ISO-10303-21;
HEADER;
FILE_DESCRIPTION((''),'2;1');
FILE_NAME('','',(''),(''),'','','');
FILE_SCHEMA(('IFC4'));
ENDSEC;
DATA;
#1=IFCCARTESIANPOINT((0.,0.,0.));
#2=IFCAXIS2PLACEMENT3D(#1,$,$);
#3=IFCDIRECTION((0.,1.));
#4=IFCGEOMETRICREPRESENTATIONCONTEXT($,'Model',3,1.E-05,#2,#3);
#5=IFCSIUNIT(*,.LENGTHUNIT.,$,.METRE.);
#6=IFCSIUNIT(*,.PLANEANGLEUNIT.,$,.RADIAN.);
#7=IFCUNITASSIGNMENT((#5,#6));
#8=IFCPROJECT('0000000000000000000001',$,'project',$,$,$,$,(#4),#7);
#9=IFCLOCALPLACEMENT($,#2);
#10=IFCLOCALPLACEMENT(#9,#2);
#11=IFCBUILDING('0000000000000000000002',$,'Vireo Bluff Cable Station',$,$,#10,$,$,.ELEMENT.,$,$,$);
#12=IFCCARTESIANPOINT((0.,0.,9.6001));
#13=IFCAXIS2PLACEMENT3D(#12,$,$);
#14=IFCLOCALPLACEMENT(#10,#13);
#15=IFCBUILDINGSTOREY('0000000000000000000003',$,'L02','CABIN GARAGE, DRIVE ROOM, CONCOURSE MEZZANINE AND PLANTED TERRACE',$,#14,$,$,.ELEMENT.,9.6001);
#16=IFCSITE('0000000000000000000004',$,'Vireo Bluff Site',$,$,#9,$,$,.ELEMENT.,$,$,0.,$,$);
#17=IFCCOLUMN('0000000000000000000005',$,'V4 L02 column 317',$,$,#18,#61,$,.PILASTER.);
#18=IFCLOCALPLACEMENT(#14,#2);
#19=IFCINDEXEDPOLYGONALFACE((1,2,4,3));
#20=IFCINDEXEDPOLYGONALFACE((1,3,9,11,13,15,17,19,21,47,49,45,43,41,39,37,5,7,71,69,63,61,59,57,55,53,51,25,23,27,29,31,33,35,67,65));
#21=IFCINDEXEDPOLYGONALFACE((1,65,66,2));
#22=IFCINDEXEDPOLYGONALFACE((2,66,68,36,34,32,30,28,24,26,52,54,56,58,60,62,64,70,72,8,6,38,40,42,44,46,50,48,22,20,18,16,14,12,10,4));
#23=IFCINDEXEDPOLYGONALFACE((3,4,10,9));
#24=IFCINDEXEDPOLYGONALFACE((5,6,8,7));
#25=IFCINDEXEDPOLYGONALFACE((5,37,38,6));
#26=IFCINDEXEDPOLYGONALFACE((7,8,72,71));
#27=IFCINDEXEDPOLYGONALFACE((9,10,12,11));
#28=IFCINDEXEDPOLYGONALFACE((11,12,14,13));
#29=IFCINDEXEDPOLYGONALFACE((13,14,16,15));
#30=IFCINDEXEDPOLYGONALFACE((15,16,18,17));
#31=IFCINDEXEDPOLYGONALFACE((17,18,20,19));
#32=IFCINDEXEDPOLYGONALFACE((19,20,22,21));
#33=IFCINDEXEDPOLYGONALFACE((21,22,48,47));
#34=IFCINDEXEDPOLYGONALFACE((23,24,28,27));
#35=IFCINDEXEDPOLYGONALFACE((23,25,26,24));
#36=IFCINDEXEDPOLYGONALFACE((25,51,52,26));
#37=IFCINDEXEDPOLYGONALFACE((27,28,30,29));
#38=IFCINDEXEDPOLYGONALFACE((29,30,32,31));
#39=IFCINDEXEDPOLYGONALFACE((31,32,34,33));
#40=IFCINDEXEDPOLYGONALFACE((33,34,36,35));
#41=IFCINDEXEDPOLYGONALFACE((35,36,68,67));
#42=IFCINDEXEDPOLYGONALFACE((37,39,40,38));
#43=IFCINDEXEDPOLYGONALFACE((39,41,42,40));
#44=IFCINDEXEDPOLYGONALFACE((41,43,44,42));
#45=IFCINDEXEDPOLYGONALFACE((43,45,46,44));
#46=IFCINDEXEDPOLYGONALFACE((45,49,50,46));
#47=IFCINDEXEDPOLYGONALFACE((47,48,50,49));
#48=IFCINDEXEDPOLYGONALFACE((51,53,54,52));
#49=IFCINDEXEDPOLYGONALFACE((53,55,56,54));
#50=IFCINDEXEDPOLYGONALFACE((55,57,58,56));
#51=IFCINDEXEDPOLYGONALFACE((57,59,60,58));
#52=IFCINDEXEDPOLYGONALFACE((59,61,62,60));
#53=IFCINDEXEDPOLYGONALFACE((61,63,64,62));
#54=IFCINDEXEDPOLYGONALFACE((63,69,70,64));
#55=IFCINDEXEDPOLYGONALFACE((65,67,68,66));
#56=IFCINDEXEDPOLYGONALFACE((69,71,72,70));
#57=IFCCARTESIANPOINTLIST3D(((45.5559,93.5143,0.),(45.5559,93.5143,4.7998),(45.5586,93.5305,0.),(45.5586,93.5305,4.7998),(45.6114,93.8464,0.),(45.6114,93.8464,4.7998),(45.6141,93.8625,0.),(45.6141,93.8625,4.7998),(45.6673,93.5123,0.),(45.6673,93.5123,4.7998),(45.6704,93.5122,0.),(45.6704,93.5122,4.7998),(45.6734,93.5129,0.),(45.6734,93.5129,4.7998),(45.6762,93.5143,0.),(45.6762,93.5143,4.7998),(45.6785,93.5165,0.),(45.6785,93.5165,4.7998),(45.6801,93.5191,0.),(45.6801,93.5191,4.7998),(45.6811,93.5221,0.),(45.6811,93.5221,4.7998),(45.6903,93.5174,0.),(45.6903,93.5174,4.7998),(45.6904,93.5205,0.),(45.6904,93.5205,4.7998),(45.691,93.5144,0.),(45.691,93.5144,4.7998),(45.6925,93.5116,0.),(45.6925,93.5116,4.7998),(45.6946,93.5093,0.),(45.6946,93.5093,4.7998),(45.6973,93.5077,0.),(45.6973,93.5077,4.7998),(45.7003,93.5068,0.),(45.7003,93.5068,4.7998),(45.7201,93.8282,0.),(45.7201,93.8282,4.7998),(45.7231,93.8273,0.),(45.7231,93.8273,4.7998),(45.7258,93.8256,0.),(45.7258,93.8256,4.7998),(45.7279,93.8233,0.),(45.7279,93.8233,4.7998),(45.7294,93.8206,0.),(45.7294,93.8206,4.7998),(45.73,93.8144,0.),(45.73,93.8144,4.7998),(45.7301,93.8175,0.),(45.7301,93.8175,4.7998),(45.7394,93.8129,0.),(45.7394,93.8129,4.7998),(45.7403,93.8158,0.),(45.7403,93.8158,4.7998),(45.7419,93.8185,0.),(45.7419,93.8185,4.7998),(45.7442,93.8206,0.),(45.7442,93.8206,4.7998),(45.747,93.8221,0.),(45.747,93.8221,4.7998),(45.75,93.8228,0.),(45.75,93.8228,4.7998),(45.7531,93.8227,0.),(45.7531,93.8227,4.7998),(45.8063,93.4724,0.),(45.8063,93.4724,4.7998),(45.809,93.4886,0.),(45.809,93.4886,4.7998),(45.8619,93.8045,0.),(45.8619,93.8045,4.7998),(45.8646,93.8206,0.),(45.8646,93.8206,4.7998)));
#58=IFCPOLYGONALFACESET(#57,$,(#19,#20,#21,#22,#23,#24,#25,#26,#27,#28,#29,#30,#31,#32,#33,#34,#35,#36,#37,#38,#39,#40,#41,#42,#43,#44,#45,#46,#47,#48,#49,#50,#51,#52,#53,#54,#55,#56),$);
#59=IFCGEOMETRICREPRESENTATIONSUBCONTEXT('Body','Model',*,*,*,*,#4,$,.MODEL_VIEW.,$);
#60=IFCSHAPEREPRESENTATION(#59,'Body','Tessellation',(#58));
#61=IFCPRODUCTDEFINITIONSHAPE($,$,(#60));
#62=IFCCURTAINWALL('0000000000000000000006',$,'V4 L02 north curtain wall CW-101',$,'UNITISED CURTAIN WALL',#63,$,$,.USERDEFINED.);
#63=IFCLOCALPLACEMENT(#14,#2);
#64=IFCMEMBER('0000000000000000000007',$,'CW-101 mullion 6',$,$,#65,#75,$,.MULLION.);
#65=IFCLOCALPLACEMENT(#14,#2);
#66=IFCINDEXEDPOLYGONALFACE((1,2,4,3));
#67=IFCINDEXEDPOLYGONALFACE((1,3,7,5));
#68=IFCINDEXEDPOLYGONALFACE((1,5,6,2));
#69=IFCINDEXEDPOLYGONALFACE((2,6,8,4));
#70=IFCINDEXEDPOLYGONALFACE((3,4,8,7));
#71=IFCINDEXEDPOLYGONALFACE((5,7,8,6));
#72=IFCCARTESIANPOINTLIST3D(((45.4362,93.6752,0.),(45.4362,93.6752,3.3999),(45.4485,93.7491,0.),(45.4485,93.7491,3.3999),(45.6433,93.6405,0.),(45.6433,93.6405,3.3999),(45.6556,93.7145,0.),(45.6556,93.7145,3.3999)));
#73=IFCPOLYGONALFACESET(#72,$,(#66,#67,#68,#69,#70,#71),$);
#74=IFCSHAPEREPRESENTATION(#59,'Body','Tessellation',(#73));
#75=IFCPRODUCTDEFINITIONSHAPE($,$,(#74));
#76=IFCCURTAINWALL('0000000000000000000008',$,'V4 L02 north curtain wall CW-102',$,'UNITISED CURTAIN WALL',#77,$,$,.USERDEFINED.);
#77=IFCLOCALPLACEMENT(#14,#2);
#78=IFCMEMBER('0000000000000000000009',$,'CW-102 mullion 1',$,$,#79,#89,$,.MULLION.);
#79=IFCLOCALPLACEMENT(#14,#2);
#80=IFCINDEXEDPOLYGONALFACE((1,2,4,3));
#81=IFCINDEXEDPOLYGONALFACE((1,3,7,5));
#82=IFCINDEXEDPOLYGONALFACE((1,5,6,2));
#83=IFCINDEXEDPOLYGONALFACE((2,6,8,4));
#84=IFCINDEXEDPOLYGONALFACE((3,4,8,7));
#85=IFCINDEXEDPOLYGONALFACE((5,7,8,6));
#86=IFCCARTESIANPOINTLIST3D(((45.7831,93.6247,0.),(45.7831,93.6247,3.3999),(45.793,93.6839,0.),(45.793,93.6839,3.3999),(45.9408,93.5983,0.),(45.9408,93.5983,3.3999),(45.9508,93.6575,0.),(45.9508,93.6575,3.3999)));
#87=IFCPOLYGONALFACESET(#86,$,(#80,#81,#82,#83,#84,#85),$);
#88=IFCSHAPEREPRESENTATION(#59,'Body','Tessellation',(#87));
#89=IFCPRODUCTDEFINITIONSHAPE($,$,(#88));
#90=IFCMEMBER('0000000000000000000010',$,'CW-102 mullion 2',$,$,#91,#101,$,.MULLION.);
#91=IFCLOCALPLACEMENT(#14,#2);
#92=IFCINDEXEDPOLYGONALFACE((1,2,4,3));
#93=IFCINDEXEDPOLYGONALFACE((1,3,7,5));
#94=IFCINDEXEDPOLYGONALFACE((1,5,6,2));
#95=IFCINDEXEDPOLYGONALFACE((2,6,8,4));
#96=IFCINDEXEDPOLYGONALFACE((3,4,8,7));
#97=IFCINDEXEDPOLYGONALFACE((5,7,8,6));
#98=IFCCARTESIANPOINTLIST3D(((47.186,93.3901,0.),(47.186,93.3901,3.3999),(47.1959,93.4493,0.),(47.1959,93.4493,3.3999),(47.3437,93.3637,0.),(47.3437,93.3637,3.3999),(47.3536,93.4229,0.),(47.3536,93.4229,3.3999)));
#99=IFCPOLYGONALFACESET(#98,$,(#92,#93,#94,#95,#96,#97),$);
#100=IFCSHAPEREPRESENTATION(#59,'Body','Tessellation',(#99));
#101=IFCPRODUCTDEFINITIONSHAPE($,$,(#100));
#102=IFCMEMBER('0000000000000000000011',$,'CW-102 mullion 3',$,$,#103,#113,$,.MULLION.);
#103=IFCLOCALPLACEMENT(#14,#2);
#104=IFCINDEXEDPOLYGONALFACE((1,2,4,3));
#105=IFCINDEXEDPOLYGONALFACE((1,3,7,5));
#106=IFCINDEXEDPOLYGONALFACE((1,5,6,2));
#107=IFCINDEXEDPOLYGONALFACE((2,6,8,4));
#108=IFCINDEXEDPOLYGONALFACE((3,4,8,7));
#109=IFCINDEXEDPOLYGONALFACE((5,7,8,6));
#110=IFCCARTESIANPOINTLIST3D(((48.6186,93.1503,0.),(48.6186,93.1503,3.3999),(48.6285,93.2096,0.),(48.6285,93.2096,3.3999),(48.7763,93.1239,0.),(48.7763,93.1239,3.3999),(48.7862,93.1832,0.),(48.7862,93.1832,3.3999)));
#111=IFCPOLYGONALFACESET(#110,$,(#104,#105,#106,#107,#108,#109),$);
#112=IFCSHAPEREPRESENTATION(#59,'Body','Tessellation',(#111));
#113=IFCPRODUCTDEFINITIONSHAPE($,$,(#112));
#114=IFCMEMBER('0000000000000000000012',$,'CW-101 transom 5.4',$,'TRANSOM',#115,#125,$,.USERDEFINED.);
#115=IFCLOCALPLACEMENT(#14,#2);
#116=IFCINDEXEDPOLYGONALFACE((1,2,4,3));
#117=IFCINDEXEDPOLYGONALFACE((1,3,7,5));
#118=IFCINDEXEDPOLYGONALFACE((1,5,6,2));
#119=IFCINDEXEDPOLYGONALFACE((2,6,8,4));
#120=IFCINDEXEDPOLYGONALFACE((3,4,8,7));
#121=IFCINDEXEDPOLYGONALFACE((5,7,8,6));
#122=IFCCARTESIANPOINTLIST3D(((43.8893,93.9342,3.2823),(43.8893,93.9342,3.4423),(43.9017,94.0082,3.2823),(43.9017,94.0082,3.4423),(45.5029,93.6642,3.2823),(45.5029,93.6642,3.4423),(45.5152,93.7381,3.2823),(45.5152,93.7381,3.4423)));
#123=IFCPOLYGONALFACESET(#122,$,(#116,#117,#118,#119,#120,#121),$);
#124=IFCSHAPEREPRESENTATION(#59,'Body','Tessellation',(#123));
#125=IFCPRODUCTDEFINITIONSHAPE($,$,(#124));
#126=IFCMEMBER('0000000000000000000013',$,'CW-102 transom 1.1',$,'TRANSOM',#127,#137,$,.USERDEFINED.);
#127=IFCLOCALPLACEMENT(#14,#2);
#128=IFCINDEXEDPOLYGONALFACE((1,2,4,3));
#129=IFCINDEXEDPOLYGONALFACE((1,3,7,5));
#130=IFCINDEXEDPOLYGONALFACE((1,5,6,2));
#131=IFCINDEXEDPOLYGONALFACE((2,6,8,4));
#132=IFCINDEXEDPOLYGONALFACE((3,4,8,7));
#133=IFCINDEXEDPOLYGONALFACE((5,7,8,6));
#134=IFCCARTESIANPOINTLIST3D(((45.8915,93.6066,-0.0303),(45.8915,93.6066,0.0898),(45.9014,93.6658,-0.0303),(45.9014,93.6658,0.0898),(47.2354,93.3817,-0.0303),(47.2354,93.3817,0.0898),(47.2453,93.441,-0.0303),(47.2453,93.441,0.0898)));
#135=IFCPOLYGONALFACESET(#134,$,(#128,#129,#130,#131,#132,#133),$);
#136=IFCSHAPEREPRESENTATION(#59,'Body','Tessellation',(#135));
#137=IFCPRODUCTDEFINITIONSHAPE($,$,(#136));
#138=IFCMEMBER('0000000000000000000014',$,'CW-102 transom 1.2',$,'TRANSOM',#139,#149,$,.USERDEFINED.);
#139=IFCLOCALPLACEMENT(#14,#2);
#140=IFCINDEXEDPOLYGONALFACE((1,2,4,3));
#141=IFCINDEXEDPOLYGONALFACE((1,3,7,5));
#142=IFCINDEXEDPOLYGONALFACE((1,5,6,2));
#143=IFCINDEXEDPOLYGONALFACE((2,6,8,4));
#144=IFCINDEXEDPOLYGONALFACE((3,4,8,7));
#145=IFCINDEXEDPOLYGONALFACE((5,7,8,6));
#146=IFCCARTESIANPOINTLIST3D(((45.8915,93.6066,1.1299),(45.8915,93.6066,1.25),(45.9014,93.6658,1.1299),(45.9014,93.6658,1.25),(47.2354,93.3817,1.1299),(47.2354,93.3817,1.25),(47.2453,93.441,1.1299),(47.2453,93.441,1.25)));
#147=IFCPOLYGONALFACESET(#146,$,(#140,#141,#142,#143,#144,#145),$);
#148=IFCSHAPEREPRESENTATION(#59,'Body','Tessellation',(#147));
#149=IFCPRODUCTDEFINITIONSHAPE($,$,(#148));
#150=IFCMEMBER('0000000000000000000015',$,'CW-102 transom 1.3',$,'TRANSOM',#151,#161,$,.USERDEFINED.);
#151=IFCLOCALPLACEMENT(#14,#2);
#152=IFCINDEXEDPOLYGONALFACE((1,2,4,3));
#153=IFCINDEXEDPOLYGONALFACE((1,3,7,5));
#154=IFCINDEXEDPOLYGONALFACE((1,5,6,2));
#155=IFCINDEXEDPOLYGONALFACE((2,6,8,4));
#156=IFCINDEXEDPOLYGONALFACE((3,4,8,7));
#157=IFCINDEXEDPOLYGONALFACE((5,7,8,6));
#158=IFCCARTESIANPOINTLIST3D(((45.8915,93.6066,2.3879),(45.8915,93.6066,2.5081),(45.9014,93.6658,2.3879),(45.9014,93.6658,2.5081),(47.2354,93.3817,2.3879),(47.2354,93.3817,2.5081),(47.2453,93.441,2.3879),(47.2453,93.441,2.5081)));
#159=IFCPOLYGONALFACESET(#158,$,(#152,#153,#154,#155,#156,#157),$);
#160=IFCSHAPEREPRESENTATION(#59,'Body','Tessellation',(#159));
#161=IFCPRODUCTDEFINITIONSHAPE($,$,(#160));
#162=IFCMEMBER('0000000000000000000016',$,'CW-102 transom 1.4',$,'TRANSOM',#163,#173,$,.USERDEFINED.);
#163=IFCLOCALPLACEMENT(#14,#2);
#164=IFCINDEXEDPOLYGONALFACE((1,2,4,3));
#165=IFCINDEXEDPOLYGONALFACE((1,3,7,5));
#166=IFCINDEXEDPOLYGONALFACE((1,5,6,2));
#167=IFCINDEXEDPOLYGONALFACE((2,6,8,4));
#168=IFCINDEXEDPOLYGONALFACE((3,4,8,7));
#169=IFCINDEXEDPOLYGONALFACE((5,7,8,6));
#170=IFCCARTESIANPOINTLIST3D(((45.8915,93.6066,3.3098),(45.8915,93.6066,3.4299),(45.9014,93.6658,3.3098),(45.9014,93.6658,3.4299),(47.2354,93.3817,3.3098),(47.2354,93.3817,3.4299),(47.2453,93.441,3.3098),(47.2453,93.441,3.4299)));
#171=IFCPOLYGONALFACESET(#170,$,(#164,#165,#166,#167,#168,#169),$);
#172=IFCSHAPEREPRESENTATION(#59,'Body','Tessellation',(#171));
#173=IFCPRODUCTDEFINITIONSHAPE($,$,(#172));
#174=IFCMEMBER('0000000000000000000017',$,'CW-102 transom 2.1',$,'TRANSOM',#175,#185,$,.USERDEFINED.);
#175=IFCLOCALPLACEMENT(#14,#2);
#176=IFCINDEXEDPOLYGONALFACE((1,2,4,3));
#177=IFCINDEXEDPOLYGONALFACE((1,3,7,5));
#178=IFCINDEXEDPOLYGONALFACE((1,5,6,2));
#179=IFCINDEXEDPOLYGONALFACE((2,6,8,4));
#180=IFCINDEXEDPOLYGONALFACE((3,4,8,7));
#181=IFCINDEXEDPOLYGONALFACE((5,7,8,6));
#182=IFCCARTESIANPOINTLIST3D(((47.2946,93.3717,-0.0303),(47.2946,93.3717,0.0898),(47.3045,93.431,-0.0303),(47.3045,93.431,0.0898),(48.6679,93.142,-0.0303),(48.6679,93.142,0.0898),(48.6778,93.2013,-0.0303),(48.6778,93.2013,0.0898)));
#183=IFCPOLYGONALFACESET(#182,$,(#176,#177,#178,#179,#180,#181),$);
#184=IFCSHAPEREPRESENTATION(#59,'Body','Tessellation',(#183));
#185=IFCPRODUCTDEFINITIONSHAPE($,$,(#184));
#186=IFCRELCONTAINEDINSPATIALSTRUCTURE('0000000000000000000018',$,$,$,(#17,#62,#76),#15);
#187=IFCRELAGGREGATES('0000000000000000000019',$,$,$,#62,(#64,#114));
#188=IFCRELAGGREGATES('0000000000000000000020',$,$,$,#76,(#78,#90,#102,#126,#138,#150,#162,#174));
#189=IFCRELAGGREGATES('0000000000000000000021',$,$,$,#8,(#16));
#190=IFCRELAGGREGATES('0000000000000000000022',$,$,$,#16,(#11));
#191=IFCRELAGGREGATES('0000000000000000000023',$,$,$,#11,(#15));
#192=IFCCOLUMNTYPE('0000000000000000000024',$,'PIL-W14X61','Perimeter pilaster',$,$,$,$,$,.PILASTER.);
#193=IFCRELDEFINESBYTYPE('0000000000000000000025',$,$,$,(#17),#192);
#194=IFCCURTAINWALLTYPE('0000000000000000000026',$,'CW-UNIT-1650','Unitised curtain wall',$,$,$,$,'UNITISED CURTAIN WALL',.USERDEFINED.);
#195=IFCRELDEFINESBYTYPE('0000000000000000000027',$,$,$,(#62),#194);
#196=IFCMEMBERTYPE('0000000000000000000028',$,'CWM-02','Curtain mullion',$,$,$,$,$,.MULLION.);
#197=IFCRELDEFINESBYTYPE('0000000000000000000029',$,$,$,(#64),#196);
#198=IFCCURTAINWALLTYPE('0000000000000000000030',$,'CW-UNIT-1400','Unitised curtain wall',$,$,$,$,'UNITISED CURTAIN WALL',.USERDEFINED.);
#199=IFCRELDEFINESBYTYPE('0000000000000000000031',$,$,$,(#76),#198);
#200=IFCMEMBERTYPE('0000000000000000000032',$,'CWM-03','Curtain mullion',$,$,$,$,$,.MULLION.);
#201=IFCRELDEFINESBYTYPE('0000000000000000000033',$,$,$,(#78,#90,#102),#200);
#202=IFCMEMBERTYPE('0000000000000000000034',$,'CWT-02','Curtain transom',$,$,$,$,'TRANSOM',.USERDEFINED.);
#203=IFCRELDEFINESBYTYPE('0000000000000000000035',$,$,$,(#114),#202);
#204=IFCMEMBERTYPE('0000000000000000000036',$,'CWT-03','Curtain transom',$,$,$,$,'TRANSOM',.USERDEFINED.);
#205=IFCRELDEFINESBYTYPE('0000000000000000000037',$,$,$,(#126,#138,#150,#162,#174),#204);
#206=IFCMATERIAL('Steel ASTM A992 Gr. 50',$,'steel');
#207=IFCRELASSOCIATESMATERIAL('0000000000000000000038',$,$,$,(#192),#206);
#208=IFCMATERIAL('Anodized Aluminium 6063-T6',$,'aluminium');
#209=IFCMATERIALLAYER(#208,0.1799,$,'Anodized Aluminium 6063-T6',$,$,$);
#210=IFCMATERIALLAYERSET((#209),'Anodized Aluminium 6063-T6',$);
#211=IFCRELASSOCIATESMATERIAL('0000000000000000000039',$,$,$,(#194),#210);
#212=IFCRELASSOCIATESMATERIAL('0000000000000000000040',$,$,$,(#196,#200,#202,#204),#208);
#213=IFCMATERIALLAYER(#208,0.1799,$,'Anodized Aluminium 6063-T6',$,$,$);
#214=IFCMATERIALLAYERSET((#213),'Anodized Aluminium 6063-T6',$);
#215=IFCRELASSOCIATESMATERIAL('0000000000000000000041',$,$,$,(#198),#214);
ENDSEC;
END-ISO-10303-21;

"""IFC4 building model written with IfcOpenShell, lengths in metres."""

from ifc_helpers import new_model, si_unit, direction, frame, origin, origin_2d, place, context, subcontext, project, spatial, rectangle, i_section, extrude, material, layer, layer_set, material_profile, profile_set, type_object, element, aggregate, save


model = new_model("IFC4")

# Units and contexts
model_context = context("Model", 3, precision=1e-05, world=origin(), true_north=direction((0.0, 1.0)))
body_context = subcontext(model_context, "Body", "Model", "MODEL_VIEW")
ifc_project = project(units=[si_unit("LENGTHUNIT", "METRE"), si_unit("PLANEANGLEUNIT", "RADIAN")], contexts=[model_context])

# Site, building, storey
site_placement = place(None, origin())
site = spatial("IfcSite", under=ifc_project, at=site_placement, Name="Vireo Bluff Site", CompositionType="ELEMENT", RefElevation=0.0)
building_placement = place(site_placement, origin())
building = spatial("IfcBuilding", under=site, at=building_placement, Name="Vireo Bluff Cable Station", CompositionType="ELEMENT")
storey_placement = place(building_placement, frame((0.0, 0.0, 9.6001)))
storey = spatial("IfcBuildingStorey", under=building, at=storey_placement, Name="L02", Description="CABIN GARAGE, DRIVE ROOM, CONCOURSE MEZZANINE AND PLANTED TERRACE", CompositionType="ELEMENT", Elevation=9.6001)

# Column
ifc_material_1 = material(Name="Steel ASTM A992 Gr. 50", Category="steel")
ifc_material_profile_1 = material_profile(ifc_material_1, i_section(OverallWidth=0.2539, OverallDepth=0.353, WebThickness=0.0095, FlangeThickness=0.0164, FilletRadius=0.012, at=origin_2d()), Name="W14X61")
ifc_profile_set_1 = profile_set([ifc_material_profile_1], Name="Steel ASTM A992 Gr. 50")
column_type = type_object("IfcColumnType", Name="PIL-W14X61", Description="Perimeter pilaster", PredefinedType="PILASTER", material=ifc_profile_set_1)
column_placement = place(storey_placement, frame((45.7102, 93.6675, 0.0), z_axis=(0.0, 0.0, 1.0), x_axis=(0.986286, -0.165048, 0.0)))
element("IfcColumn", 1, at=column_placement, inside=storey, type_object=column_type, Name="V4 L02 column 317", PredefinedType="PILASTER", context=body_context, shape_type="SweptSolid", body=[
    extrude(i_section(OverallWidth=0.2539, OverallDepth=0.353, WebThickness=0.0095, FlangeThickness=0.0164, FilletRadius=0.012, at=origin_2d()), origin(), (0.0, 0.0, 1.0), 4.7998),
])

# Curtain wall, member
ifc_material_2 = material(Name="Anodized Aluminium 6063-T6", Category="aluminium")
ifc_layer_1 = layer(ifc_material_2, 0.1799, Name="Anodized Aluminium 6063-T6")
ifc_layer_set_1 = layer_set([ifc_layer_1], Name="Anodized Aluminium 6063-T6")
curtain_wall_type_1 = type_object("IfcCurtainWallType", Name="CW-UNIT-1650", Description="Unitised curtain wall", ElementType="UNITISED CURTAIN WALL", PredefinedType="USERDEFINED", material=ifc_layer_set_1)
curtain_wall_1_placement = place(storey_placement, origin())
curtain_wall_1 = element("IfcCurtainWall", 2, at=curtain_wall_1_placement, inside=storey, type_object=curtain_wall_type_1, Name="V4 L02 north curtain wall CW-101", ObjectType="UNITISED CURTAIN WALL", PredefinedType="USERDEFINED")
ifc_material_profile_2 = material_profile(ifc_material_2, rectangle(XDim=0.075, YDim=0.21, at=origin_2d()), Name="ALU-M-75X210")
ifc_profile_set_2 = profile_set([ifc_material_profile_2], Name="Anodized Aluminium 6063-T6")
member_type_1 = type_object("IfcMemberType", Name="CWM-02", Description="Curtain mullion", PredefinedType="MULLION", material=ifc_profile_set_2)
member_1_placement = place(storey_placement, frame((45.5459, 93.6948, 0.0), z_axis=(0.0, 0.0, 1.0), x_axis=(0.165048, 0.986286, 0.0)))
member_1 = element("IfcMember", 3, at=member_1_placement, type_object=member_type_1, Name="CW-101 mullion 6", PredefinedType="MULLION", context=body_context, shape_type="SweptSolid", body=[
    extrude(rectangle(XDim=0.075, YDim=0.21, at=origin_2d()), origin(), (0.0, 0.0, 1.0), 3.3999),
])

# Curtain wall, members
ifc_layer_2 = layer(ifc_material_2, 0.1799, Name="Anodized Aluminium 6063-T6")
ifc_layer_set_2 = layer_set([ifc_layer_2], Name="Anodized Aluminium 6063-T6")
curtain_wall_type_2 = type_object("IfcCurtainWallType", Name="CW-UNIT-1400", Description="Unitised curtain wall", ElementType="UNITISED CURTAIN WALL", PredefinedType="USERDEFINED", material=ifc_layer_set_2)
curtain_wall_2_placement = place(storey_placement, origin())
curtain_wall_2 = element("IfcCurtainWall", 4, at=curtain_wall_2_placement, inside=storey, type_object=curtain_wall_type_2, Name="V4 L02 north curtain wall CW-102", ObjectType="UNITISED CURTAIN WALL", PredefinedType="USERDEFINED")
ifc_material_profile_3 = material_profile(ifc_material_2, rectangle(XDim=0.0601, YDim=0.1599, at=origin_2d()), Name="ALU-M-60X160")
ifc_profile_set_3 = profile_set([ifc_material_profile_3], Name="Anodized Aluminium 6063-T6")
member_type_2 = type_object("IfcMemberType", Name="CWM-03", Description="Curtain mullion", PredefinedType="MULLION", material=ifc_profile_set_3)
member_2_placement = place(storey_placement, frame((45.8669, 93.6411, 0.0), z_axis=(0.0, 0.0, 1.0), x_axis=(0.165048, 0.986286, 0.0)))
member_2 = element("IfcMember", 5, at=member_2_placement, type_object=member_type_2, Name="CW-102 mullion 1", PredefinedType="MULLION", context=body_context, shape_type="SweptSolid", body=[
    extrude(rectangle(XDim=0.0601, YDim=0.1599, at=origin_2d()), origin(), (0.0, 0.0, 1.0), 3.3999),
])
member_3_placement = place(storey_placement, frame((47.2698, 93.4065, 0.0), z_axis=(0.0, 0.0, 1.0), x_axis=(0.165048, 0.986286, 0.0)))
member_3 = element("IfcMember", 6, at=member_3_placement, type_object=member_type_2, Name="CW-102 mullion 2", PredefinedType="MULLION", context=body_context, shape_type="SweptSolid", body=[
    extrude(rectangle(XDim=0.0601, YDim=0.1599, at=origin_2d()), origin(), (0.0, 0.0, 1.0), 3.3999),
])
member_4_placement = place(storey_placement, frame((48.7024, 93.1667, 0.0), z_axis=(0.0, 0.0, 1.0), x_axis=(0.165048, 0.986286, 0.0)))
member_4 = element("IfcMember", 7, at=member_4_placement, type_object=member_type_2, Name="CW-102 mullion 3", PredefinedType="MULLION", context=body_context, shape_type="SweptSolid", body=[
    extrude(rectangle(XDim=0.0601, YDim=0.1599, at=origin_2d()), origin(), (0.0, 0.0, 1.0), 3.3999),
])

# Members
ifc_material_profile_4 = material_profile(ifc_material_2, rectangle(XDim=0.075, YDim=0.1599, at=origin_2d()), Name="ALU-T-75X160")
ifc_profile_set_4 = profile_set([ifc_material_profile_4], Name="Anodized Aluminium 6063-T6")
member_type_3 = type_object("IfcMemberType", Name="CWT-02", Description="Curtain transom", ElementType="TRANSOM", PredefinedType="USERDEFINED", material=ifc_profile_set_4)
member_5_placement = place(storey_placement, frame((43.8955, 93.9712, 3.3623), z_axis=(0.986285, -0.165052, 0.0), x_axis=(0.165052, 0.986285, 0.0)))
member_5 = element("IfcMember", 8, at=member_5_placement, type_object=member_type_3, Name="CW-101 transom 5.4", ObjectType="TRANSOM", PredefinedType="USERDEFINED", context=body_context, shape_type="SweptSolid", body=[
    extrude(rectangle(XDim=0.075, YDim=0.1599, at=origin_2d()), origin(), (0.0, 0.0, 1.0), 1.636),
])
ifc_material_profile_5 = material_profile(ifc_material_2, rectangle(XDim=0.0601, YDim=0.1201, at=origin_2d()), Name="ALU-T-60X120")
ifc_profile_set_5 = profile_set([ifc_material_profile_5], Name="Anodized Aluminium 6063-T6")
member_type_4 = type_object("IfcMemberType", Name="CWT-03", Description="Curtain transom", ElementType="TRANSOM", PredefinedType="USERDEFINED", material=ifc_profile_set_5)
member_6_placement = place(storey_placement, frame((45.8965, 93.6362, 0.0298), z_axis=(0.986287, -0.165038, 0.0), x_axis=(0.165038, 0.986287, 0.0)))
member_6 = element("IfcMember", 9, at=member_6_placement, type_object=member_type_4, Name="CW-102 transom 1.1", ObjectType="TRANSOM", PredefinedType="USERDEFINED", context=body_context, shape_type="SweptSolid", body=[
    extrude(rectangle(XDim=0.0601, YDim=0.1201, at=origin_2d()), origin(), (0.0, 0.0, 1.0), 1.3625),
])
member_7_placement = place(storey_placement, frame((45.8965, 93.6362, 1.1899), z_axis=(0.986287, -0.165038, 0.0), x_axis=(0.165038, 0.986287, 0.0)))
member_7 = element("IfcMember", 10, at=member_7_placement, type_object=member_type_4, Name="CW-102 transom 1.2", ObjectType="TRANSOM", PredefinedType="USERDEFINED", context=body_context, shape_type="SweptSolid", body=[
    extrude(rectangle(XDim=0.0601, YDim=0.1201, at=origin_2d()), origin(), (0.0, 0.0, 1.0), 1.3625),
])
member_8_placement = place(storey_placement, frame((45.8965, 93.6362, 2.448), z_axis=(0.986287, -0.165038, 0.0), x_axis=(0.165038, 0.986287, 0.0)))
member_8 = element("IfcMember", 11, at=member_8_placement, type_object=member_type_4, Name="CW-102 transom 1.3", ObjectType="TRANSOM", PredefinedType="USERDEFINED", context=body_context, shape_type="SweptSolid", body=[
    extrude(rectangle(XDim=0.0601, YDim=0.1201, at=origin_2d()), origin(), (0.0, 0.0, 1.0), 1.3625),
])
member_9_placement = place(storey_placement, frame((45.8965, 93.6362, 3.3699), z_axis=(0.986287, -0.165038, 0.0), x_axis=(0.165038, 0.986287, 0.0)))
member_9 = element("IfcMember", 12, at=member_9_placement, type_object=member_type_4, Name="CW-102 transom 1.4", ObjectType="TRANSOM", PredefinedType="USERDEFINED", context=body_context, shape_type="SweptSolid", body=[
    extrude(rectangle(XDim=0.0601, YDim=0.1201, at=origin_2d()), origin(), (0.0, 0.0, 1.0), 1.3625),
])
member_10_placement = place(storey_placement, frame((47.2996, 93.4014, 0.0298), z_axis=(0.986294, -0.164996, 0.0), x_axis=(0.164996, 0.986294, 0.0)))
member_10 = element("IfcMember", 13, at=member_10_placement, type_object=member_type_4, Name="CW-102 transom 2.1", ObjectType="TRANSOM", PredefinedType="USERDEFINED", context=body_context, shape_type="SweptSolid", body=[
    extrude(rectangle(XDim=0.0601, YDim=0.1201, at=origin_2d()), origin(), (0.0, 0.0, 1.0), 1.3923),
])

aggregate(curtain_wall_1, [member_1, member_5])
aggregate(curtain_wall_2, [member_2, member_3, member_4, member_6, member_7, member_8, member_9, member_10])

save(model, "model.ifc")
